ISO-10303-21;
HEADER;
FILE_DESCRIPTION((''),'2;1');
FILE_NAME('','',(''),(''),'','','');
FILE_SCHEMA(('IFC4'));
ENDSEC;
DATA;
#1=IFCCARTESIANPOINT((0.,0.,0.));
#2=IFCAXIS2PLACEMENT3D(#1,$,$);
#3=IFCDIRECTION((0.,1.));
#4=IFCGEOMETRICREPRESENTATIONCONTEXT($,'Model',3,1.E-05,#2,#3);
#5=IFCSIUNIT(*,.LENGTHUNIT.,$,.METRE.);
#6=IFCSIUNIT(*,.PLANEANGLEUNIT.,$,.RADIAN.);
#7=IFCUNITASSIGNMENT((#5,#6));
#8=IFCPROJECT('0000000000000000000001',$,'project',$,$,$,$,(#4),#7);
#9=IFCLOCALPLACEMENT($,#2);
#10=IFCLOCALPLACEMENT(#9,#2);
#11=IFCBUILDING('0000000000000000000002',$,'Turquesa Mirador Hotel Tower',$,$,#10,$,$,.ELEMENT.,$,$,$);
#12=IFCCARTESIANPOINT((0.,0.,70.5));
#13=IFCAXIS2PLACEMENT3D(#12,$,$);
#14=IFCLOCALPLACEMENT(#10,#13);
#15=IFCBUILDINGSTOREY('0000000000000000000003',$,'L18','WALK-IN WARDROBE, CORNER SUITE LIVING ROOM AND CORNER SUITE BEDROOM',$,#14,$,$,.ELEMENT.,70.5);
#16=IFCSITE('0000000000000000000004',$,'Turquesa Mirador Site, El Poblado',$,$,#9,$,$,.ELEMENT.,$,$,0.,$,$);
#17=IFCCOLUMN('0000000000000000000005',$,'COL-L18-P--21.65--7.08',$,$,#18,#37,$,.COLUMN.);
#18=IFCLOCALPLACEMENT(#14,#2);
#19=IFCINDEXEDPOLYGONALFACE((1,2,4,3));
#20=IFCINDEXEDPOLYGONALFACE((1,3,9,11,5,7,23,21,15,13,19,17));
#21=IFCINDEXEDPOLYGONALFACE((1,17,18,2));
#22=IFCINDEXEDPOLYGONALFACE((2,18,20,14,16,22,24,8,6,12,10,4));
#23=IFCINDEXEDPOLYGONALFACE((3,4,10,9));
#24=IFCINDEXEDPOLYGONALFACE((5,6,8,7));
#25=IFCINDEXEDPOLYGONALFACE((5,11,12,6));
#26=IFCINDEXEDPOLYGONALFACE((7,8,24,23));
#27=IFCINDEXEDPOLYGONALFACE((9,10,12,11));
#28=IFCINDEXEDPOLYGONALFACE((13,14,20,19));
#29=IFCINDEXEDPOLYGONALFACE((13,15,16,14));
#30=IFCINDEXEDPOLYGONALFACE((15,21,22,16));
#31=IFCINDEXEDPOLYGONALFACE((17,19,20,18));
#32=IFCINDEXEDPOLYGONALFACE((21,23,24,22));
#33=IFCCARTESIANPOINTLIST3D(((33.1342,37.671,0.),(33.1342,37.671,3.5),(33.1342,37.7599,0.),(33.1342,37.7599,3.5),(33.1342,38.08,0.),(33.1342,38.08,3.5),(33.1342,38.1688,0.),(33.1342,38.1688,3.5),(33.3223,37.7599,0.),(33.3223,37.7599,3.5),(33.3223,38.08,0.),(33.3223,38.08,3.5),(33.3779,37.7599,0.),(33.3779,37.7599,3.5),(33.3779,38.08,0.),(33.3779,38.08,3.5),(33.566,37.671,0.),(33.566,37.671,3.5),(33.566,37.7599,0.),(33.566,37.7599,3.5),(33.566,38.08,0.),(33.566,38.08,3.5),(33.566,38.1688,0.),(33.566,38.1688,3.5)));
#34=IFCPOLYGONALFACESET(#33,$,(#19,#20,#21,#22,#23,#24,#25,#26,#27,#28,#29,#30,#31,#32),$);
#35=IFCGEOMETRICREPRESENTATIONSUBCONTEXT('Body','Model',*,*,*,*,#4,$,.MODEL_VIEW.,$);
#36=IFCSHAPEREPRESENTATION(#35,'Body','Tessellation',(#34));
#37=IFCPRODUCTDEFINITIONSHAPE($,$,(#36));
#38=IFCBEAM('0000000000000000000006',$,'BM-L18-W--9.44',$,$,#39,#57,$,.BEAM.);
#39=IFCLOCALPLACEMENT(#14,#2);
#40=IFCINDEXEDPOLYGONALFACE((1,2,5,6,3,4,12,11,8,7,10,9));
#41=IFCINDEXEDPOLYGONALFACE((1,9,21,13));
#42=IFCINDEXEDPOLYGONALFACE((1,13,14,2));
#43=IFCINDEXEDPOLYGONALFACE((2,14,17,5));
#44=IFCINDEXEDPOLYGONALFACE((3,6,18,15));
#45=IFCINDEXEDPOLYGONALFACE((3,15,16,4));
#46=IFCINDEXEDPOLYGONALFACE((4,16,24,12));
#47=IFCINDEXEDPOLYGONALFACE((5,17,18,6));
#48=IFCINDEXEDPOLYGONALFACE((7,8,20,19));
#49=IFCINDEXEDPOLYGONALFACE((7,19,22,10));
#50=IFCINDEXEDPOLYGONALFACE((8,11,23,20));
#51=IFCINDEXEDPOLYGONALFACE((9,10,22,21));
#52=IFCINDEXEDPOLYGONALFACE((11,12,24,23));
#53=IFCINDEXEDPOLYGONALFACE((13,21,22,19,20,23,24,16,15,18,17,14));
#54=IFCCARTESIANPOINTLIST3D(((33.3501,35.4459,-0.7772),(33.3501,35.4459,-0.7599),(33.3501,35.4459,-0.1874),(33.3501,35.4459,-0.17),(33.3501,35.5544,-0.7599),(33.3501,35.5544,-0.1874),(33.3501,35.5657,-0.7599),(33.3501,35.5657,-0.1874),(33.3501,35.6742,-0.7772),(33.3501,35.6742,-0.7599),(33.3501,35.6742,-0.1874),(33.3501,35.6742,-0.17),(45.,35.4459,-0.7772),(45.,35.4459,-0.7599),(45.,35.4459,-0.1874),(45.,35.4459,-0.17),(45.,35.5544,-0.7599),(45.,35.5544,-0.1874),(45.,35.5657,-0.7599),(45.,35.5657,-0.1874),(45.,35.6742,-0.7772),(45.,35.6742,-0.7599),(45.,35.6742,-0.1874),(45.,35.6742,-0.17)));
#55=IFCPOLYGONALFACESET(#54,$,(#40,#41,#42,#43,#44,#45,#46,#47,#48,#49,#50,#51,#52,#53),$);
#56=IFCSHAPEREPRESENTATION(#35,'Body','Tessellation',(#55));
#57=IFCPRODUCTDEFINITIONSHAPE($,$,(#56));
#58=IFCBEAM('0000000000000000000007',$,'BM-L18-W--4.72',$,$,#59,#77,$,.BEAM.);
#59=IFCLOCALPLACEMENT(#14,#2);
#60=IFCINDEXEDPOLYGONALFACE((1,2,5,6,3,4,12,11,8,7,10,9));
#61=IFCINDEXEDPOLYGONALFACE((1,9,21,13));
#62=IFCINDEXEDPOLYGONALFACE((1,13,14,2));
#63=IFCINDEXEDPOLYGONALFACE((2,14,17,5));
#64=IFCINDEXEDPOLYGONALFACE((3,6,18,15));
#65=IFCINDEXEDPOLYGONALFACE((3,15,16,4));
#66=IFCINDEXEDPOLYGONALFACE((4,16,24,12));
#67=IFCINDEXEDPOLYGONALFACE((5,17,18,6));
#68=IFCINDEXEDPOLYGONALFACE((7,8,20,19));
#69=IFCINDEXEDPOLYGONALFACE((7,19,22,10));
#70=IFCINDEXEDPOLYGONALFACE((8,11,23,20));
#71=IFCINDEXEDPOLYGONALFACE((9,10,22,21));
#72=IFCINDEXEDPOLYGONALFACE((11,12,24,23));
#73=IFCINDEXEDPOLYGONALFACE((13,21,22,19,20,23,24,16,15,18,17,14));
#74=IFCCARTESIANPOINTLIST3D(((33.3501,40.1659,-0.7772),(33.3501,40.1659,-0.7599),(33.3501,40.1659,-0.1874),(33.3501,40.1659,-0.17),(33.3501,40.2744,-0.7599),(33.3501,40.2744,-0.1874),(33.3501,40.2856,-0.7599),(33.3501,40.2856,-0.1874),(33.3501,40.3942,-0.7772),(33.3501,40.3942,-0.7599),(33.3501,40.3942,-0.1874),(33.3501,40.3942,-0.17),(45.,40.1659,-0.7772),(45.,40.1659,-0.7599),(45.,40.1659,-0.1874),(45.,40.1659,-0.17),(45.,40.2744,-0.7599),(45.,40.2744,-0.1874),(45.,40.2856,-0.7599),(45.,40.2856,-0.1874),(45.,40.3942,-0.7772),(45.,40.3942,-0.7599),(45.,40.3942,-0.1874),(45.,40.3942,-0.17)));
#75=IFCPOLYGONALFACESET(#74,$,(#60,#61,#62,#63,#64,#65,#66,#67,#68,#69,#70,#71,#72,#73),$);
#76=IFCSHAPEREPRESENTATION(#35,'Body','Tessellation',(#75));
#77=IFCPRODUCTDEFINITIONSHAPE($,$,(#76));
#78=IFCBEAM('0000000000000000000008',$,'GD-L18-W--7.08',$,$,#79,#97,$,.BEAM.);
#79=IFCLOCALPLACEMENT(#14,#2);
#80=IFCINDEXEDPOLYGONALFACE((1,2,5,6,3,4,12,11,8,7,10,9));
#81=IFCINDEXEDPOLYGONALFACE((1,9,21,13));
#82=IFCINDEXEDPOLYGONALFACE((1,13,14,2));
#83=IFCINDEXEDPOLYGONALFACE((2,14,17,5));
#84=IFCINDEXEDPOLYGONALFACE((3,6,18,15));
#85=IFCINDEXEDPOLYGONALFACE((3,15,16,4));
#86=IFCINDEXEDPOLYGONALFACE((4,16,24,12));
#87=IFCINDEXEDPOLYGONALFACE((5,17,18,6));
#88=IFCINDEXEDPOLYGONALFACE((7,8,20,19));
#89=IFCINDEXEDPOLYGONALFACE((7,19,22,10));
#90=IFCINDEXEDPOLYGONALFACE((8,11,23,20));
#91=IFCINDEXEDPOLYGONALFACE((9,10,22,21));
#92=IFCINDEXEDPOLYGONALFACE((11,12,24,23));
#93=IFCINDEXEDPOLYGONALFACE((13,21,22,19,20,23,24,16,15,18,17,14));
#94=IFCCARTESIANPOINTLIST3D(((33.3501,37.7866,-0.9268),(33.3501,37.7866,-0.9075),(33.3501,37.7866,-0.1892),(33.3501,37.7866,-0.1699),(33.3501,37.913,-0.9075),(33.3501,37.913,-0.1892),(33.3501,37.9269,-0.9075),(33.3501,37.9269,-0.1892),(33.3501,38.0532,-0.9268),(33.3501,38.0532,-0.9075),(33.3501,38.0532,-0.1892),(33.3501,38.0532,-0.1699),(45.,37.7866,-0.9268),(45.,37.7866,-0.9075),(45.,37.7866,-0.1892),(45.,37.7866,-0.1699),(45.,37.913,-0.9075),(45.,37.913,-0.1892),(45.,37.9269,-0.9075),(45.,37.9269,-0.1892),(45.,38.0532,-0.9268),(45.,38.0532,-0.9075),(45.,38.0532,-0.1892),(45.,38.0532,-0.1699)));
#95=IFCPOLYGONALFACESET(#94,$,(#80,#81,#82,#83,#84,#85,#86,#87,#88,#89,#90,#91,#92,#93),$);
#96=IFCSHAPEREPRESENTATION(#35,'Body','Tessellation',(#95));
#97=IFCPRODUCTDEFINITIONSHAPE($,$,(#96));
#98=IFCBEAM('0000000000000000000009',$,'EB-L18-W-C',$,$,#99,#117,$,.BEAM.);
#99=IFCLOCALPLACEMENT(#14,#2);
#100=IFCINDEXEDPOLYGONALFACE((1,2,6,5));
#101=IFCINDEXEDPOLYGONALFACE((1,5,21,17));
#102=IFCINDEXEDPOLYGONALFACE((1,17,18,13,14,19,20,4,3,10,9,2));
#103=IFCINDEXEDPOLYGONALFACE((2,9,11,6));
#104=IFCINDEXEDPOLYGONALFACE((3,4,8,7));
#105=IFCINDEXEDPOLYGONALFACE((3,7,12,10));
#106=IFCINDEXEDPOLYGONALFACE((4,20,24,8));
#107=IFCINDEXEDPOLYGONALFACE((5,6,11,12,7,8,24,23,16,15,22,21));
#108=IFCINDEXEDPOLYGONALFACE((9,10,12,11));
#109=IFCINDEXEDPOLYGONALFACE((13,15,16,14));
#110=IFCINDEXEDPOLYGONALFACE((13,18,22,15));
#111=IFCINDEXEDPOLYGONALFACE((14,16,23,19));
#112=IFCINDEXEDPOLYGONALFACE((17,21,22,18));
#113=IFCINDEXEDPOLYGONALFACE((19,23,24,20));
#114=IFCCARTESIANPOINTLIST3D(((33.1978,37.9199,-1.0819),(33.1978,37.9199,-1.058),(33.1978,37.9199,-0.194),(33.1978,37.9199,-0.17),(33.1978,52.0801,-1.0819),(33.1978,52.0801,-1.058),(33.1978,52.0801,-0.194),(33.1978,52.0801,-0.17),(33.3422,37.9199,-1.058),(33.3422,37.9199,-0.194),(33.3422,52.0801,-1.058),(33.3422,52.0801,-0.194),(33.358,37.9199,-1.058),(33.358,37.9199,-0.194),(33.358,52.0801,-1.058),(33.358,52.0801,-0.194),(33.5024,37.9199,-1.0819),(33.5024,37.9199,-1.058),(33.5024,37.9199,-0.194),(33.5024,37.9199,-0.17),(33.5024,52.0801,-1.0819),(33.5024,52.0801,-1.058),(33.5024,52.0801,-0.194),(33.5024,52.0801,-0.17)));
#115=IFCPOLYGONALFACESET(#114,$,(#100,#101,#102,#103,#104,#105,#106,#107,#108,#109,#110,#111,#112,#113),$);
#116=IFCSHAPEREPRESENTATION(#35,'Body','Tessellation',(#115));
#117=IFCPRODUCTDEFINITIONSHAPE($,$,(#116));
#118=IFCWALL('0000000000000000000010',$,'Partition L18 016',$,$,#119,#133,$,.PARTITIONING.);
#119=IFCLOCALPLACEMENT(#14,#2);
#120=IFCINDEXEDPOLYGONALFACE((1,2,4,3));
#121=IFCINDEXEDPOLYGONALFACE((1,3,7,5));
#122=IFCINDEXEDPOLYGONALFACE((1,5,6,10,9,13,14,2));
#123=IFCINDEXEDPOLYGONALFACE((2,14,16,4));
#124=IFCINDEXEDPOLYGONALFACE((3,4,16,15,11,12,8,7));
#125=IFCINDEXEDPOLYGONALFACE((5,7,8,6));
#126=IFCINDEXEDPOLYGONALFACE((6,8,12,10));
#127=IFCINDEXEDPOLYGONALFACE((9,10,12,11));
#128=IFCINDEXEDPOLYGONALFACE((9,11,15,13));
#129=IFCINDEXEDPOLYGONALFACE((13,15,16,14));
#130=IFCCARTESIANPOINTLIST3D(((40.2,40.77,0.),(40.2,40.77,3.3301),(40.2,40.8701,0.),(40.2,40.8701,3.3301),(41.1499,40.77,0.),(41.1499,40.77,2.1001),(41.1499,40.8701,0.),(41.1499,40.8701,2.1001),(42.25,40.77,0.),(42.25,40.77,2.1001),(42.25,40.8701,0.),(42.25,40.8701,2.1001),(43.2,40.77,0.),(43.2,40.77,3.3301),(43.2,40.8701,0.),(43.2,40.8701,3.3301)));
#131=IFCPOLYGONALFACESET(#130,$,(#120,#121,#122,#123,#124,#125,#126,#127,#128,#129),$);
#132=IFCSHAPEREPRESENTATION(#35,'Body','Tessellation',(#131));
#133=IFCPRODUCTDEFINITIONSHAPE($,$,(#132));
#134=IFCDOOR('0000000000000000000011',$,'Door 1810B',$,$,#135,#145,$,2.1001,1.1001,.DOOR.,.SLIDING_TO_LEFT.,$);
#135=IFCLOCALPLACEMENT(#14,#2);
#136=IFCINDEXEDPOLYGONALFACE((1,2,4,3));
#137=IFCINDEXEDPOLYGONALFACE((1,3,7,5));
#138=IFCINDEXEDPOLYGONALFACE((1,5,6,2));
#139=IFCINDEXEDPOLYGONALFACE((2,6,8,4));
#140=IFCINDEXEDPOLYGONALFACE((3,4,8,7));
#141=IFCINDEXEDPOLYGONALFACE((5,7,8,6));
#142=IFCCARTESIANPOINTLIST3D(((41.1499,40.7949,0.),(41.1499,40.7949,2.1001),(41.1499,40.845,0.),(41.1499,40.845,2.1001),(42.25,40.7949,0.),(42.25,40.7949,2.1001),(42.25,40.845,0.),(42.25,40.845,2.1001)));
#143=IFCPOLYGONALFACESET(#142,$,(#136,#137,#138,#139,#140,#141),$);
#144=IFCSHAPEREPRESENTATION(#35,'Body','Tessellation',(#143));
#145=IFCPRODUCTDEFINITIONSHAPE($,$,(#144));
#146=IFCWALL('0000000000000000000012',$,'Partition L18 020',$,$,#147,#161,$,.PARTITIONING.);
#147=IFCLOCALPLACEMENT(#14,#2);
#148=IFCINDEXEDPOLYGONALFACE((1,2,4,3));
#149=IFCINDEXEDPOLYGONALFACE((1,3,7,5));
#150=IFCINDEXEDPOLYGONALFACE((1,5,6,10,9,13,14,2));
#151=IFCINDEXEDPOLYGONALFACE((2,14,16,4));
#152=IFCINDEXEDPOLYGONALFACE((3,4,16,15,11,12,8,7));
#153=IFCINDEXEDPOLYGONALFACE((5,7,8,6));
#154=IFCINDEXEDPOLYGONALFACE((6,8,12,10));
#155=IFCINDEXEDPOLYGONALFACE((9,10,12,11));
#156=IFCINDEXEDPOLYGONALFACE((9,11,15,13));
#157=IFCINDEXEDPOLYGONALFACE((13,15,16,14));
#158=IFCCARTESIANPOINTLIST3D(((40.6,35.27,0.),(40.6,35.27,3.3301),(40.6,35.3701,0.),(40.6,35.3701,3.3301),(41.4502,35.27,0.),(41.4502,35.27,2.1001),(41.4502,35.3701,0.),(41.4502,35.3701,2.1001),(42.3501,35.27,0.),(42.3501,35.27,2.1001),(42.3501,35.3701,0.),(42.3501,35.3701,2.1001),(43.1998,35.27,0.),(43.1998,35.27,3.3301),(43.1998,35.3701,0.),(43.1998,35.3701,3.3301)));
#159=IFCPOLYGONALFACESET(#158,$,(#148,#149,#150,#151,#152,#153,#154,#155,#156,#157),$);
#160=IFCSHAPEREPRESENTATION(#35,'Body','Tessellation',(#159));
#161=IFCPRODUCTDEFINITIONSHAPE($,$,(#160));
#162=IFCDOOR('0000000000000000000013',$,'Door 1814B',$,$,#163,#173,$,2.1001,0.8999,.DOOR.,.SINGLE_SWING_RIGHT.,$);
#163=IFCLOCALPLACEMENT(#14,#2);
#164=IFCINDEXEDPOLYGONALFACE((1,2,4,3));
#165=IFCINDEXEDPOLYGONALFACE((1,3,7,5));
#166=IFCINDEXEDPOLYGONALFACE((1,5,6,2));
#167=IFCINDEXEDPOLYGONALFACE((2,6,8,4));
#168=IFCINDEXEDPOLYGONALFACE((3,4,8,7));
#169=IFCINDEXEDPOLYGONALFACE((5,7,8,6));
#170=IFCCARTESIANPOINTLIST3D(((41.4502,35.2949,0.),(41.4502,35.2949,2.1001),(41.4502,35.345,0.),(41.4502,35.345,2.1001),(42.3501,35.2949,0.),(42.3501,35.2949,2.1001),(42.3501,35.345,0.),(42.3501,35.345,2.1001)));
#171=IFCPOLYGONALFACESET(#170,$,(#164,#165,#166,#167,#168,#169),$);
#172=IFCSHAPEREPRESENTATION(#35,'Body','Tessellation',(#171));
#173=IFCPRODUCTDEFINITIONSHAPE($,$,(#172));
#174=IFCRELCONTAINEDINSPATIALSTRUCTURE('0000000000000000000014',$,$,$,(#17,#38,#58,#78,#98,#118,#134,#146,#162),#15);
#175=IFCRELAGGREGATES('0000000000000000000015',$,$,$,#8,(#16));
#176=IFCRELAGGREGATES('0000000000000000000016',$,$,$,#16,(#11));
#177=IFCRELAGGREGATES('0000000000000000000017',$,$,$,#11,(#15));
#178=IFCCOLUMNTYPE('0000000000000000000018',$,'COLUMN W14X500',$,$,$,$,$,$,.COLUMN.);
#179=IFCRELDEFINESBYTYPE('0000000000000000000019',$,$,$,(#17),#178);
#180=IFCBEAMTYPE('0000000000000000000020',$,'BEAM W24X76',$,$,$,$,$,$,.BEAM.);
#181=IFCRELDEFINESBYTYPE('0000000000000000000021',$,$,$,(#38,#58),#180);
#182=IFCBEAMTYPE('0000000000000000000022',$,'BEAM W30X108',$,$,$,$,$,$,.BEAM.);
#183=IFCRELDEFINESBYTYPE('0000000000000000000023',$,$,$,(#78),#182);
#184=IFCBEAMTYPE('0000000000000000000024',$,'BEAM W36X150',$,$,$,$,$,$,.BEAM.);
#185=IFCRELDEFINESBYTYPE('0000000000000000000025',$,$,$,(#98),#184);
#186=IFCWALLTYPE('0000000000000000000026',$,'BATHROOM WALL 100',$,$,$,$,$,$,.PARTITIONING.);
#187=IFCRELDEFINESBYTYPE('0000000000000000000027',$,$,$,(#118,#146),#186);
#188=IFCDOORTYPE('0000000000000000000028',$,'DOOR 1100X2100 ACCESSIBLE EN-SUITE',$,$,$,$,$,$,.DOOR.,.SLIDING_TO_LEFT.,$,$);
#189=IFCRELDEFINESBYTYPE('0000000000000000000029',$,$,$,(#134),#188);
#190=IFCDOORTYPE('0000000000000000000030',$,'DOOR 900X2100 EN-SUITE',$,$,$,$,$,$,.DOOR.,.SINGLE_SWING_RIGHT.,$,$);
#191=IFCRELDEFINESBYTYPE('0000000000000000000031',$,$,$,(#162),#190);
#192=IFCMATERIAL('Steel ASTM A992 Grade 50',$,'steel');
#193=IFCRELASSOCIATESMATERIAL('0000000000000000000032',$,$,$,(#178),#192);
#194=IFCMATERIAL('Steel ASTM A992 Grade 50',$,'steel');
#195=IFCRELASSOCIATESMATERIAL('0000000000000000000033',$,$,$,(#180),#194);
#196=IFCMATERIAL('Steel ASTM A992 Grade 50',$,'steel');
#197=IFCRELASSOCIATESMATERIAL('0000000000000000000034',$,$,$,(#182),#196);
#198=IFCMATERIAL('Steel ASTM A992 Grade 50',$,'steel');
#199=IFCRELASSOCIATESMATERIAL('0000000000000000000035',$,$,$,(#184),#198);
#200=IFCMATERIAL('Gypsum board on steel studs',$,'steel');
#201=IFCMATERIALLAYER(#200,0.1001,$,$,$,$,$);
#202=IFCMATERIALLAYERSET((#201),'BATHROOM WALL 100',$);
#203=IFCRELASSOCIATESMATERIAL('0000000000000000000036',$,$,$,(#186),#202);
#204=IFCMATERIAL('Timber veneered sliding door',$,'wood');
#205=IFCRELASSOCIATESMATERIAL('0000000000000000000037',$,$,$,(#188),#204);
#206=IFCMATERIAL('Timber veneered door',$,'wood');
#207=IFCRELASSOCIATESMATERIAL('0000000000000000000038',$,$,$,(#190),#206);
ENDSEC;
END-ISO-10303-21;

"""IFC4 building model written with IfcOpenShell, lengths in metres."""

from ifc_helpers import new_model, si_unit, direction, frame, frame_2d, origin, origin_2d, place, context, subcontext, project, spatial, rectangle, i_section, extrude, material, layer, layer_set, material_profile, profile_set, type_object, element, fill, save


model = new_model("IFC4")

# Units and contexts
model_context = context("Model", 3, precision=1e-05, world=origin(), true_north=direction((0.0, 1.0)))
body_context = subcontext(model_context, "Body", "Model", "MODEL_VIEW")
ifc_project = project(units=[si_unit("LENGTHUNIT", "METRE"), si_unit("PLANEANGLEUNIT", "RADIAN")], contexts=[model_context])

# Site, building, storey
site_placement = place(None, origin())
site = spatial("IfcSite", under=ifc_project, at=site_placement, Name="Turquesa Mirador Site, El Poblado", CompositionType="ELEMENT", RefElevation=0.0)
building_placement = place(site_placement, origin())
building = spatial("IfcBuilding", under=site, at=building_placement, Name="Turquesa Mirador Hotel Tower", CompositionType="ELEMENT")
storey_placement = place(building_placement, frame((0.0, 0.0, 70.5)))
storey = spatial("IfcBuildingStorey", under=building, at=storey_placement, Name="L18", Description="WALK-IN WARDROBE, CORNER SUITE LIVING ROOM AND CORNER SUITE BEDROOM", CompositionType="ELEMENT", Elevation=70.5)

# Column
ifc_material_1 = material(Name="Steel ASTM A992 Grade 50", Category="steel")
ifc_material_profile_1 = material_profile(ifc_material_1, i_section(OverallWidth=0.4319, OverallDepth=0.4978, WebThickness=0.0557, FlangeThickness=0.0889, at=origin_2d()), Name="W14X500")
ifc_profile_set_1 = profile_set([ifc_material_profile_1], Name="Steel ASTM A992 Grade 50")
column_type = type_object("IfcColumnType", Name="COLUMN W14X500", PredefinedType="COLUMN", material=ifc_profile_set_1)
column_placement = place(storey_placement, frame((33.3501, 37.9199, 0.0), z_axis=(0.0, 0.0, 1.0), x_axis=(1.0, 0.0, 0.0)))
element("IfcColumn", 1, at=column_placement, inside=storey, type_object=column_type, Name="COL-L18-P--21.65--7.08", PredefinedType="COLUMN", context=body_context, shape_type="SweptSolid", body=[
    extrude(i_section(OverallWidth=0.4319, OverallDepth=0.4978, WebThickness=0.0557, FlangeThickness=0.0889, at=origin_2d()), origin(), (0.0, 0.0, 1.0), 3.5),
])

# Beams
ifc_material_2 = material(Name="Steel ASTM A992 Grade 50", Category="steel")
ifc_material_profile_2 = material_profile(ifc_material_2, i_section(OverallWidth=0.2283, OverallDepth=0.6072, WebThickness=0.0112, FlangeThickness=0.0173, at=origin_2d()), Name="W24X76")
ifc_profile_set_2 = profile_set([ifc_material_profile_2], Name="Steel ASTM A992 Grade 50")
beam_type_1 = type_object("IfcBeamType", Name="BEAM W24X76", PredefinedType="BEAM", material=ifc_profile_set_2)
for number, where, z_axis, x_axis, name in (
    (2, (33.3501, 35.5601, -0.4736), (1.0, 0.0, 0.0), (0.0, 1.0, 0.0), "BM-L18-W--9.44"),
    (3, (33.3501, 40.28, -0.4736), (1.0, 0.0, 0.0), (0.0, 1.0, 0.0), "BM-L18-W--4.72"),
):
    element("IfcBeam", number, at=place(storey_placement, frame(where, z_axis=z_axis, x_axis=x_axis)), inside=storey, type_object=beam_type_1, Name=name, PredefinedType="BEAM", context=body_context, shape_type="SweptSolid", body=[
        extrude(i_section(OverallWidth=0.2283, OverallDepth=0.6072, WebThickness=0.0112, FlangeThickness=0.0173, at=origin_2d()), origin(), (0.0, 0.0, 1.0), 11.6499),
    ])
ifc_material_3 = material(Name="Steel ASTM A992 Grade 50", Category="steel")
ifc_material_profile_3 = material_profile(ifc_material_3, i_section(OverallWidth=0.2666, OverallDepth=0.7568, WebThickness=0.0139, FlangeThickness=0.0193, at=origin_2d()), Name="W30X108")
ifc_profile_set_3 = profile_set([ifc_material_profile_3], Name="Steel ASTM A992 Grade 50")
beam_type_2 = type_object("IfcBeamType", Name="BEAM W30X108", PredefinedType="BEAM", material=ifc_profile_set_3)
beam_1_placement = place(storey_placement, frame((33.3501, 37.9199, -0.5483), z_axis=(1.0, 0.0, 0.0), x_axis=(0.0, 1.0, 0.0)))
element("IfcBeam", 4, at=beam_1_placement, inside=storey, type_object=beam_type_2, Name="GD-L18-W--7.08", PredefinedType="BEAM", context=body_context, shape_type="SweptSolid", body=[
    extrude(i_section(OverallWidth=0.2666, OverallDepth=0.7568, WebThickness=0.0139, FlangeThickness=0.0193, at=origin_2d()), origin(), (0.0, 0.0, 1.0), 11.6499),
])
ifc_material_4 = material(Name="Steel ASTM A992 Grade 50", Category="steel")
ifc_material_profile_4 = material_profile(ifc_material_4, i_section(OverallWidth=0.3047, OverallDepth=0.9119, WebThickness=0.0159, FlangeThickness=0.0239, at=origin_2d()), Name="W36X150")
ifc_profile_set_4 = profile_set([ifc_material_profile_4], Name="Steel ASTM A992 Grade 50")
beam_type_3 = type_object("IfcBeamType", Name="BEAM W36X150", PredefinedType="BEAM", material=ifc_profile_set_4)
beam_2_placement = place(storey_placement, frame((33.3501, 37.9199, -0.626), z_axis=(0.0, 1.0, 0.0), x_axis=(-1.0, 0.0, 0.0)))
element("IfcBeam", 5, at=beam_2_placement, inside=storey, type_object=beam_type_3, Name="EB-L18-W-C", PredefinedType="BEAM", context=body_context, shape_type="SweptSolid", body=[
    extrude(i_section(OverallWidth=0.3047, OverallDepth=0.9119, WebThickness=0.0159, FlangeThickness=0.0239, at=origin_2d()), origin(), (0.0, 0.0, 1.0), 14.1602),
])

# Walls, openings, doors
ifc_material_5 = material(Name="Gypsum board on steel studs", Category="steel")
ifc_layer = layer(ifc_material_5, 0.1001)
ifc_layer_set = layer_set([ifc_layer], Name="BATHROOM WALL 100")
wall_type = type_object("IfcWallType", Name="BATHROOM WALL 100", PredefinedType="PARTITIONING", material=ifc_layer_set)
wall_1_placement = place(storey_placement, frame((40.2, 40.8201, 0.0), z_axis=(0.0, 0.0, 1.0), x_axis=(1.0, 0.0, 0.0)))
wall_1 = element("IfcWall", 6, at=wall_1_placement, inside=storey, type_object=wall_type, Name="Partition L18 016", PredefinedType="PARTITIONING", context=body_context, shape_type="SweptSolid", body=[
    extrude(rectangle(XDim=3.0, YDim=0.1001, at=frame_2d((1.5, 0.0))), origin(), (0.0, 0.0, 1.0), 3.3301),
])
opening_1_placement = place(wall_1_placement, frame((0.95, 0.0, 0.0)))
opening_1 = element("IfcOpeningElement", 7, at=opening_1_placement, cuts=wall_1, PredefinedType="OPENING", context=body_context, shape_type="SweptSolid", body=[
    extrude(rectangle(XDim=1.1001, YDim=2.1001, at=frame_2d((0.55, 1.05))), frame((0.0, 0.0601, 0.0), z_axis=(0.0, -1.0, 0.0), x_axis=(1.0, 0.0, 0.0)), (0.0, 0.0, 1.0), 0.1201),
])
ifc_material_6 = material(Name="Timber veneered sliding door", Category="wood")
door_type_1 = type_object("IfcDoorType", Name="DOOR 1100X2100 ACCESSIBLE EN-SUITE", OperationType="SLIDING_TO_LEFT", PredefinedType="DOOR", material=ifc_material_6)
door_1_placement = place(opening_1_placement, origin())
door_1 = element("IfcDoor", 8, at=door_1_placement, inside=storey, type_object=door_type_1, Name="Door 1810B", OperationType="SLIDING_TO_LEFT", OverallHeight=2.1001, OverallWidth=1.1001, PredefinedType="DOOR", context=body_context, shape_type="SweptSolid", body=[
    extrude(rectangle(XDim=1.1001, YDim=2.1001, at=frame_2d((0.55, 1.05))), frame((0.0, 0.0249, 0.0), z_axis=(0.0, -1.0, 0.0), x_axis=(1.0, 0.0, 0.0)), (0.0, 0.0, 1.0), 0.05),
])
fill(opening_1, door_1)
wall_2_placement = place(storey_placement, frame((40.6001, 35.3201, 0.0), z_axis=(0.0, 0.0, 1.0), x_axis=(1.0, 0.0, 0.0)))
wall_2 = element("IfcWall", 9, at=wall_2_placement, inside=storey, type_object=wall_type, Name="Partition L18 020", PredefinedType="PARTITIONING", context=body_context, shape_type="SweptSolid", body=[
    extrude(rectangle(XDim=2.5999, YDim=0.1001, at=frame_2d((1.2998, 0.0))), origin(), (0.0, 0.0, 1.0), 3.3301),
])
opening_2_placement = place(wall_2_placement, frame((0.8501, 0.0, 0.0)))
opening_2 = element("IfcOpeningElement", 10, at=opening_2_placement, cuts=wall_2, PredefinedType="OPENING", context=body_context, shape_type="SweptSolid", body=[
    extrude(rectangle(XDim=0.8999, YDim=2.1001, at=frame_2d((0.45, 1.05))), frame((0.0, 0.0601, 0.0), z_axis=(0.0, -1.0, 0.0), x_axis=(1.0, 0.0, 0.0)), (0.0, 0.0, 1.0), 0.1201),
])
ifc_material_7 = material(Name="Timber veneered door", Category="wood")
door_type_2 = type_object("IfcDoorType", Name="DOOR 900X2100 EN-SUITE", OperationType="SINGLE_SWING_RIGHT", PredefinedType="DOOR", material=ifc_material_7)
door_2_placement = place(opening_2_placement, origin())
door_2 = element("IfcDoor", 11, at=door_2_placement, inside=storey, type_object=door_type_2, Name="Door 1814B", OperationType="SINGLE_SWING_RIGHT", OverallHeight=2.1001, OverallWidth=0.8999, PredefinedType="DOOR", context=body_context, shape_type="SweptSolid", body=[
    extrude(rectangle(XDim=0.8999, YDim=2.1001, at=frame_2d((0.45, 1.05))), frame((0.0, 0.0249, 0.0), z_axis=(0.0, -1.0, 0.0), x_axis=(1.0, 0.0, 0.0)), (0.0, 0.0, 1.0), 0.05),
])
fill(opening_2, door_2)

save(model, "model.ifc")
